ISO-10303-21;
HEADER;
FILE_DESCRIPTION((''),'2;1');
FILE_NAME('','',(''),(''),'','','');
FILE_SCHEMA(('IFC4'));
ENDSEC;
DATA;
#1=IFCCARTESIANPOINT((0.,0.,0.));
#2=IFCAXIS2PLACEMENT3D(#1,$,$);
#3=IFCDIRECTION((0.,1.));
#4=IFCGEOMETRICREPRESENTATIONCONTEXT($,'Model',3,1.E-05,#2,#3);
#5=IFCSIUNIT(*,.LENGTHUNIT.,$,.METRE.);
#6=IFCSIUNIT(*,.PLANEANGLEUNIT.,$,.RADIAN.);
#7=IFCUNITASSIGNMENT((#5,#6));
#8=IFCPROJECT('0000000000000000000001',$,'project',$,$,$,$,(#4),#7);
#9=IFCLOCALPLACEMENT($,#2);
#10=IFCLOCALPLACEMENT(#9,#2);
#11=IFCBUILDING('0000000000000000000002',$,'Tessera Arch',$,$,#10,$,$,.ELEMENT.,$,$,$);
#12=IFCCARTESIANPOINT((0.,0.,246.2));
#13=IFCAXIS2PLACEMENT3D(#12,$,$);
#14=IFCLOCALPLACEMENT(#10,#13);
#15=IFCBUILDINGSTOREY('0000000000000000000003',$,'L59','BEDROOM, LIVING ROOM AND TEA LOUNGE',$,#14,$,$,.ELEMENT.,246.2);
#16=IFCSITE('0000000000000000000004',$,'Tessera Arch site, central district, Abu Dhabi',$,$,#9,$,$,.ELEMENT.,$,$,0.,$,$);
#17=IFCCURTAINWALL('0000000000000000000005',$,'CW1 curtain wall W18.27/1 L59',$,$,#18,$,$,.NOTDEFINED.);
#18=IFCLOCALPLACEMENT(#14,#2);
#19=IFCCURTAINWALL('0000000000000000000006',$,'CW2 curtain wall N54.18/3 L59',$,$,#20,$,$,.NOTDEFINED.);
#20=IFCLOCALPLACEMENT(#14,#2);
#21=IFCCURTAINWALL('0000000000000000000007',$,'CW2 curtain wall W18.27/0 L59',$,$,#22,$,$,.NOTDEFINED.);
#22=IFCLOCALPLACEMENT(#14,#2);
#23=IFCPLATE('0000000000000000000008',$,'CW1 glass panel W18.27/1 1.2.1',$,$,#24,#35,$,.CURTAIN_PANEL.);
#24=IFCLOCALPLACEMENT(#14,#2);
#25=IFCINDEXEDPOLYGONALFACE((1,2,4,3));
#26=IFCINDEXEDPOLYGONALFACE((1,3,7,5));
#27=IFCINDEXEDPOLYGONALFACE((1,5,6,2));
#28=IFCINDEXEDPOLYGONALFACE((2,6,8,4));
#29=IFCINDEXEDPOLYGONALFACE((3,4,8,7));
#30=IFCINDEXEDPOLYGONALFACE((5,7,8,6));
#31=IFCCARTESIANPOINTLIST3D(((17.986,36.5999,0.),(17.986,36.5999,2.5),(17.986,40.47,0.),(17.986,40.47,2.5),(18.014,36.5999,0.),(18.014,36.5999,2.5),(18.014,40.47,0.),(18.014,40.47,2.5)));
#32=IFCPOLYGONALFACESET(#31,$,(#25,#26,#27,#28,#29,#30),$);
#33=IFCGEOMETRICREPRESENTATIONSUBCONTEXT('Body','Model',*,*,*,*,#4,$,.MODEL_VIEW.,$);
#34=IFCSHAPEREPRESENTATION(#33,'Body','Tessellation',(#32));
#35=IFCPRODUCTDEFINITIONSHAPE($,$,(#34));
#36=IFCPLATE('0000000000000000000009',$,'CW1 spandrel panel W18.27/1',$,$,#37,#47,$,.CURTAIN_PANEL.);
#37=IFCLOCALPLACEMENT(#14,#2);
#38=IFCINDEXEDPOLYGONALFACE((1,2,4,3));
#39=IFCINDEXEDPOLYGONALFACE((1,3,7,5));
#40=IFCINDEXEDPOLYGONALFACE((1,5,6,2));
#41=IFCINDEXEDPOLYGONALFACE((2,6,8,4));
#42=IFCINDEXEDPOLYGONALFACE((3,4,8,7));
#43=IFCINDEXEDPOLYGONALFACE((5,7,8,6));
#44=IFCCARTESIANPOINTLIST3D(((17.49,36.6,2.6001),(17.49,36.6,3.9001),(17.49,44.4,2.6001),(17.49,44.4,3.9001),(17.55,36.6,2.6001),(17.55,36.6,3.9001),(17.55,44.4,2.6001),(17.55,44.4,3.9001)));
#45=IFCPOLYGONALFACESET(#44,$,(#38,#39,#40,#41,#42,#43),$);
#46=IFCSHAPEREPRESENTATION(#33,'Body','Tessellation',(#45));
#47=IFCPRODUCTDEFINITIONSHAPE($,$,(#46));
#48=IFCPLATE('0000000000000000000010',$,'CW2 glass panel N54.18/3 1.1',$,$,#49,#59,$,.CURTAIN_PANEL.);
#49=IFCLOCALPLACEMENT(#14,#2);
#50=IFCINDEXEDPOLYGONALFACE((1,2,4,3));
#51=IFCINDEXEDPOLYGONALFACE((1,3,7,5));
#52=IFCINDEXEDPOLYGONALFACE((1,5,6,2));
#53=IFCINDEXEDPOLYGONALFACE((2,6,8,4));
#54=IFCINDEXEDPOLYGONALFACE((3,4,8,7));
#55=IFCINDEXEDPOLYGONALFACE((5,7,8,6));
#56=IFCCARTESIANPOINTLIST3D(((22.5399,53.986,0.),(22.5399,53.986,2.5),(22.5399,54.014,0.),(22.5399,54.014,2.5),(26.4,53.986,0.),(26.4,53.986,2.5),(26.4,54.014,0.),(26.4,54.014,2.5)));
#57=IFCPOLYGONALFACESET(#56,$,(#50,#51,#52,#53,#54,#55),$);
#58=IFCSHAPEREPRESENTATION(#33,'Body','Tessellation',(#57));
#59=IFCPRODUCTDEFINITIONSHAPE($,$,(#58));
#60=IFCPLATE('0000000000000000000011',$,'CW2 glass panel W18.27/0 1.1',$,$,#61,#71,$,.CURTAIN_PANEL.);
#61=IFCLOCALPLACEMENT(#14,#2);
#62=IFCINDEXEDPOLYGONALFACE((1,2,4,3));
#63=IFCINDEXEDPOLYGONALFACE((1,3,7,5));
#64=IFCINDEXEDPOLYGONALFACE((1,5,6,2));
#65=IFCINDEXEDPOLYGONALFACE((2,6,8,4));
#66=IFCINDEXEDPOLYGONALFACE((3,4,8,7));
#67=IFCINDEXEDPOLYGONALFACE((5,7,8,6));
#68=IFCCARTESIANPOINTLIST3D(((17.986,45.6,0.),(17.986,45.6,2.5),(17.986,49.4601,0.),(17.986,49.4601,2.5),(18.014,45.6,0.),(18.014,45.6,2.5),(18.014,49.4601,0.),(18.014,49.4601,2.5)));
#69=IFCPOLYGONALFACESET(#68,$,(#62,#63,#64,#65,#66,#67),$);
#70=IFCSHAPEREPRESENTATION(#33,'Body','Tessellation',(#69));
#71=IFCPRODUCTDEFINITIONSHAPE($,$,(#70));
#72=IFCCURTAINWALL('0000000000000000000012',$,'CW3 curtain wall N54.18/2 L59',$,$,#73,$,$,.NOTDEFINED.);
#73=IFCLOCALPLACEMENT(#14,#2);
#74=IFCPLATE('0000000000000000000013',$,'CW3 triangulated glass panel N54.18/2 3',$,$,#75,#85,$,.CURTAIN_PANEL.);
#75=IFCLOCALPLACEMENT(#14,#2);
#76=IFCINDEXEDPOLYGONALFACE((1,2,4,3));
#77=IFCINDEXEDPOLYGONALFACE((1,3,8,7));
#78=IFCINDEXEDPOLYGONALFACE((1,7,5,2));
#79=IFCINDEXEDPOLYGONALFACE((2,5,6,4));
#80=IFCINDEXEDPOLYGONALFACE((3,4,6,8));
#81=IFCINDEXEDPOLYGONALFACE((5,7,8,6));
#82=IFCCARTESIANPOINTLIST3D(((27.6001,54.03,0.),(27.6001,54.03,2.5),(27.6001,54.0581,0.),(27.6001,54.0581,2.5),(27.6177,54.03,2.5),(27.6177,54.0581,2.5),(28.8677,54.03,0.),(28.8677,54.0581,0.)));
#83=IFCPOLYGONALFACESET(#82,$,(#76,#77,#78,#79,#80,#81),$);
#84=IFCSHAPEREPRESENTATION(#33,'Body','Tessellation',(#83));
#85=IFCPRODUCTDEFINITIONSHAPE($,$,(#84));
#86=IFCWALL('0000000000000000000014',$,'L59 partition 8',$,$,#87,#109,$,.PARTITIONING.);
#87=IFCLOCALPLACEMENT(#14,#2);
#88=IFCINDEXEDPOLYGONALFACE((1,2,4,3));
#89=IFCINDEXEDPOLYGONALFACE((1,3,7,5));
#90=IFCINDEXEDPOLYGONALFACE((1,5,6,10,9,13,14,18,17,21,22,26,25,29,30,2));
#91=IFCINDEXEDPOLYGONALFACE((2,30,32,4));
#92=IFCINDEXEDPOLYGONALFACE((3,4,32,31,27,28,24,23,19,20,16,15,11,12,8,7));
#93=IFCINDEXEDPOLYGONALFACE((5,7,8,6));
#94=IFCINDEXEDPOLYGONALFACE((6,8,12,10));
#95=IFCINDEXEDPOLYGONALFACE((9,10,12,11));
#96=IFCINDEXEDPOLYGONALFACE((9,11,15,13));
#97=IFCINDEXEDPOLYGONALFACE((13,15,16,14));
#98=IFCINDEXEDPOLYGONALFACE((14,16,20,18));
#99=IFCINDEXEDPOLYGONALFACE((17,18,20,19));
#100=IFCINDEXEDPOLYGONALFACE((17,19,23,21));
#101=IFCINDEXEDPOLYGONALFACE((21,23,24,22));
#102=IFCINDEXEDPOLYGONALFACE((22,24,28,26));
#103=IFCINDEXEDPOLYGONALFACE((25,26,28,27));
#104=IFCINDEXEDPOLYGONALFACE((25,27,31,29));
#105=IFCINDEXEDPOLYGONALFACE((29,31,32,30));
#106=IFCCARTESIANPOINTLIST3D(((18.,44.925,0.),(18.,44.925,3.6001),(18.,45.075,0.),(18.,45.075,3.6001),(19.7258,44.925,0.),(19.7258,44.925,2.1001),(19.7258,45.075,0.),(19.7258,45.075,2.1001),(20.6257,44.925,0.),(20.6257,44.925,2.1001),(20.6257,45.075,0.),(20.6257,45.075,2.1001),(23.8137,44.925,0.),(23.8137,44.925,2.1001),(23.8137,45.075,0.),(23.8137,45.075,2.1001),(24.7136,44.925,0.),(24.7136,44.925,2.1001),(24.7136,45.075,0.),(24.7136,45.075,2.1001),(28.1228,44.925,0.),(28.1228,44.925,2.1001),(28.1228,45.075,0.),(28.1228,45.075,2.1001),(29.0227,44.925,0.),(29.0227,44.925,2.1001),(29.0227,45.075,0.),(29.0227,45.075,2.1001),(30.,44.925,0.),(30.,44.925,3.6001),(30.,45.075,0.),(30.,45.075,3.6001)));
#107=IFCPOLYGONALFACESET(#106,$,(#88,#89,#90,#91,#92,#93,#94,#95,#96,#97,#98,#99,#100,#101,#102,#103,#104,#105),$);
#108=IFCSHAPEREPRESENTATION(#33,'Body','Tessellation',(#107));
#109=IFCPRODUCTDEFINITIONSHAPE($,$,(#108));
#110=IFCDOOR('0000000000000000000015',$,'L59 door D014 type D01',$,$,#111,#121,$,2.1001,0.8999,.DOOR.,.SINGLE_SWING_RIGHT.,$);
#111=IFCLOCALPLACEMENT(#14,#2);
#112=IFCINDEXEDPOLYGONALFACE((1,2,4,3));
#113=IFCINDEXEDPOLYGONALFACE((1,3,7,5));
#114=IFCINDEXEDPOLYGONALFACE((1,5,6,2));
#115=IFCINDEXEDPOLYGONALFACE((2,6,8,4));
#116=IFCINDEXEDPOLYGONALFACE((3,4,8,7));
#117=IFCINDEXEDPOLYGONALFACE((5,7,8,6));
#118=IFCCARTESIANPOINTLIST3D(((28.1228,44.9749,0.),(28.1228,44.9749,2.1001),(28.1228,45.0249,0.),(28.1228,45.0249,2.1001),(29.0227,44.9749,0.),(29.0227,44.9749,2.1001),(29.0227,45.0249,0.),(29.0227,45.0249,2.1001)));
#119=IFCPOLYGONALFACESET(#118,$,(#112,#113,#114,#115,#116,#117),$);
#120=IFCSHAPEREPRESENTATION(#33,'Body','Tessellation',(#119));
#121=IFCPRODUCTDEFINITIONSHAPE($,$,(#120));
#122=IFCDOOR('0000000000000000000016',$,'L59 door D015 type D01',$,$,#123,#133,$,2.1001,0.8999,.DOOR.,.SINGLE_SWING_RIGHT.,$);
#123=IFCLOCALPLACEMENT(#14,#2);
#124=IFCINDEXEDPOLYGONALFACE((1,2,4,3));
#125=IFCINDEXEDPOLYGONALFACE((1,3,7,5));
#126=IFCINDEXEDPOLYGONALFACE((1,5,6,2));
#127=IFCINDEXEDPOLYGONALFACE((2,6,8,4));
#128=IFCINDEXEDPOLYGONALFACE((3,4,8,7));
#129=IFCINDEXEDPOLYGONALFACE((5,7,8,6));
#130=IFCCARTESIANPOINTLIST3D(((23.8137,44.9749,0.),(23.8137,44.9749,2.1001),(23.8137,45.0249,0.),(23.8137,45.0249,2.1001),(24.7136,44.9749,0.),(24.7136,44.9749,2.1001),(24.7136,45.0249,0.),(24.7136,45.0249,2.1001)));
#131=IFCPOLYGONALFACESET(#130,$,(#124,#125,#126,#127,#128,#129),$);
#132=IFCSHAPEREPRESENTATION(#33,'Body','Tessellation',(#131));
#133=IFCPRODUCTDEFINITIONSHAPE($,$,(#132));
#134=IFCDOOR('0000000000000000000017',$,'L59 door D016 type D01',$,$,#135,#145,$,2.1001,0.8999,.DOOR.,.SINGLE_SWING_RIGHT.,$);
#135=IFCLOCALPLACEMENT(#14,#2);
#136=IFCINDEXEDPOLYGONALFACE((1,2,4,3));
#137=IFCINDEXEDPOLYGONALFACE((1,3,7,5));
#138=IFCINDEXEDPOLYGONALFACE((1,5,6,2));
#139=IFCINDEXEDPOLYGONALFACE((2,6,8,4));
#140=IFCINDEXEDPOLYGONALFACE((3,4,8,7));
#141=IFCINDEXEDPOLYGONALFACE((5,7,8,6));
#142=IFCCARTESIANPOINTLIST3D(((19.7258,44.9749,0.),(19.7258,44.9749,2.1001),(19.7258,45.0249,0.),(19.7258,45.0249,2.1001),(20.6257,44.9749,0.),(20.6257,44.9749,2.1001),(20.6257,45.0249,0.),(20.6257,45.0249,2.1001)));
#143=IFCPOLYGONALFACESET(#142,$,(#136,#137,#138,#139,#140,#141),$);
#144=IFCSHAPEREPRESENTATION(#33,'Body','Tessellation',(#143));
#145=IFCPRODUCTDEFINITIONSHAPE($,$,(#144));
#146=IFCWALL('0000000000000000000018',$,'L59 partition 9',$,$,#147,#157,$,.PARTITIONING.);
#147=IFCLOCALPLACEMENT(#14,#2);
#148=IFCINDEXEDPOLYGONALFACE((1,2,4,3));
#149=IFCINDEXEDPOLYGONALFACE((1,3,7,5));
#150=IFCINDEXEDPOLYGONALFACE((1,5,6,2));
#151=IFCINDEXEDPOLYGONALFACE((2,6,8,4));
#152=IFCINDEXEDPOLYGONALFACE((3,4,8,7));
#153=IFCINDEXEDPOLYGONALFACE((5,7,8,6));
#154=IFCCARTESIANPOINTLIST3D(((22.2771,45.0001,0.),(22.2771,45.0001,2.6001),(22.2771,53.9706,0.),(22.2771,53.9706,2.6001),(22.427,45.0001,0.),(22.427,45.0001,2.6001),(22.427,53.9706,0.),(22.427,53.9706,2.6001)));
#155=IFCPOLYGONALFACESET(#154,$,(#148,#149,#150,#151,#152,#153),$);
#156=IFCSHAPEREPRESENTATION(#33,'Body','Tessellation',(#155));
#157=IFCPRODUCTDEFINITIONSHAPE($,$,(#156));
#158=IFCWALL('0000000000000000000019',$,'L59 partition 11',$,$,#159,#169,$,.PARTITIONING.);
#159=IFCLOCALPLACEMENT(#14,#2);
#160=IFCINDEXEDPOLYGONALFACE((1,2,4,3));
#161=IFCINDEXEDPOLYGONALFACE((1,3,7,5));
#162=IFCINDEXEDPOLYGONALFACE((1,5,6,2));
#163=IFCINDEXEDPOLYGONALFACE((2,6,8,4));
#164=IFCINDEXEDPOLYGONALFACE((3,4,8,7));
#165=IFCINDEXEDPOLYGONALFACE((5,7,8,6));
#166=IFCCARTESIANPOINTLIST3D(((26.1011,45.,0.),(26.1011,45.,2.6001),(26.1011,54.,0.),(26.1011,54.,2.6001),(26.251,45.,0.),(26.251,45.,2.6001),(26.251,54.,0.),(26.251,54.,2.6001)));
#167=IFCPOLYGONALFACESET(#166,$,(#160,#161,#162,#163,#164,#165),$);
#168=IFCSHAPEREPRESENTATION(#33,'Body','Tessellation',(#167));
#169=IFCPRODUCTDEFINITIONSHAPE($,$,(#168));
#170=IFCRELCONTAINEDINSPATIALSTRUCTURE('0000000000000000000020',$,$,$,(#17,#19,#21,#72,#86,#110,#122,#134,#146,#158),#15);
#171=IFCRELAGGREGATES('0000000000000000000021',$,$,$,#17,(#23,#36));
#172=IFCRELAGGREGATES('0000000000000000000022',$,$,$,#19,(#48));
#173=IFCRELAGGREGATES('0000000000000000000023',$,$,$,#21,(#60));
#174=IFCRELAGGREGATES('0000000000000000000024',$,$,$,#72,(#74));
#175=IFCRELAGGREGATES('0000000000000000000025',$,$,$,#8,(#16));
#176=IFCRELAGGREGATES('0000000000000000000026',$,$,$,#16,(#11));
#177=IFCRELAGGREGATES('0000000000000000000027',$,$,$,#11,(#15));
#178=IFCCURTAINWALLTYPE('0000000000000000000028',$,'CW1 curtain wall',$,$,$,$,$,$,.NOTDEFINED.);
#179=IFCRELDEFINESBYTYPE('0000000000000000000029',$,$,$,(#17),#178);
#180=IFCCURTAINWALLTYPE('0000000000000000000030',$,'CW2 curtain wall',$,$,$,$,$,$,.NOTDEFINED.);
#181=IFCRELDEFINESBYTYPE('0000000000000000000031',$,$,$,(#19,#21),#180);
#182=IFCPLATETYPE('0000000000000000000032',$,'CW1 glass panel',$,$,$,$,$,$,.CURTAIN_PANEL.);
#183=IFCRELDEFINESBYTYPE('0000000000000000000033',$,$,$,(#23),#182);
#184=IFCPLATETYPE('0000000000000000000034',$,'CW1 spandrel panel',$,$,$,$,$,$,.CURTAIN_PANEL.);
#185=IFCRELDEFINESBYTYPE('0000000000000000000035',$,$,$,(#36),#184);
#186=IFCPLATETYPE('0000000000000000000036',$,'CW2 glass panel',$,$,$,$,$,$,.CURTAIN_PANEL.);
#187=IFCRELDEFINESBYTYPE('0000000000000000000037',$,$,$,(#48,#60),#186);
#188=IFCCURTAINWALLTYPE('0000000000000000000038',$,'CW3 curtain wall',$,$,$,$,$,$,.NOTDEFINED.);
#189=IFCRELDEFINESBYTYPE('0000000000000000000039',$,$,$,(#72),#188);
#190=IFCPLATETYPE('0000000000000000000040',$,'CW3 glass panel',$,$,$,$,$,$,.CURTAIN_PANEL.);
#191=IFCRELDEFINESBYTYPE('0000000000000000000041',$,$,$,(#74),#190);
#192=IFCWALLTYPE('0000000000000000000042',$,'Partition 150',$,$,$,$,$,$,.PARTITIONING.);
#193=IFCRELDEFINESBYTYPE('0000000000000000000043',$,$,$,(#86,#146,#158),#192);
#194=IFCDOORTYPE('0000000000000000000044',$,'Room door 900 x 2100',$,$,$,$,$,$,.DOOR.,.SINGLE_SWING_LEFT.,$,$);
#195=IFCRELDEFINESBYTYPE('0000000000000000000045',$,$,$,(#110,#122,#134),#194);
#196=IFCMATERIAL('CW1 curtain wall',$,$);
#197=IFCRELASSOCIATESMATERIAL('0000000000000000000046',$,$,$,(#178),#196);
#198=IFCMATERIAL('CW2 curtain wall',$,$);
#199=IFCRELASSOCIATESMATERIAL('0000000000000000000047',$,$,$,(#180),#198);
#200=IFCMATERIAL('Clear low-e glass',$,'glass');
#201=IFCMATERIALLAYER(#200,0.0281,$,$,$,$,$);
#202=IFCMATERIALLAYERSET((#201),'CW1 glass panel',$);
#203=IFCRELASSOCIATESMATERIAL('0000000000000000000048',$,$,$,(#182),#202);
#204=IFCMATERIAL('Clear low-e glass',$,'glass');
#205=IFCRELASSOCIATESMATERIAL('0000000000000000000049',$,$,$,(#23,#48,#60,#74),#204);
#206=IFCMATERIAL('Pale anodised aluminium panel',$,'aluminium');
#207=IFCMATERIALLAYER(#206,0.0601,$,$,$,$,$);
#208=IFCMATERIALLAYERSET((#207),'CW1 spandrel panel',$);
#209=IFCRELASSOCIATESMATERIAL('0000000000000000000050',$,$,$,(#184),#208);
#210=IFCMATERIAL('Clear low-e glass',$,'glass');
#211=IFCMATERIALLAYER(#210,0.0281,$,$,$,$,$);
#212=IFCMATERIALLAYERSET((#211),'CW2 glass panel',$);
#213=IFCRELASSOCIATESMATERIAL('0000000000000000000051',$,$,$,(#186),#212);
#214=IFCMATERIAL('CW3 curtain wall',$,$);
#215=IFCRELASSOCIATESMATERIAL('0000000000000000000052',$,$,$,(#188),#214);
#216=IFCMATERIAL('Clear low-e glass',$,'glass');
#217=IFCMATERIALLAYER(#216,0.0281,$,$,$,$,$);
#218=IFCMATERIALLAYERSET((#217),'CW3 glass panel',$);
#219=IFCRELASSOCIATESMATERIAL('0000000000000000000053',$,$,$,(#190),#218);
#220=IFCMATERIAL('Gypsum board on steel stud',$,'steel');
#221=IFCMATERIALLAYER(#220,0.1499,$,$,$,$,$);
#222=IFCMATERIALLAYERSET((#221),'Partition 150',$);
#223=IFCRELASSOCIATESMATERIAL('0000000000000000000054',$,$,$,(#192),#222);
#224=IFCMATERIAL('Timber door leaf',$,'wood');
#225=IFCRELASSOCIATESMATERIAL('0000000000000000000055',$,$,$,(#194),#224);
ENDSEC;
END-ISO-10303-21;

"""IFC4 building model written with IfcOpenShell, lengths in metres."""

from ifc_helpers import new_model, si_unit, direction, frame, frame_2d, origin, origin_2d, place, context, subcontext, project, spatial, polyline, rectangle, outline, extrude, material, layer, layer_set, type_object, element, fill, aggregate, save


model = new_model("IFC4")

# Units and contexts
model_context = context("Model", 3, precision=1e-05, world=origin(), true_north=direction((0.0, 1.0)))
body_context = subcontext(model_context, "Body", "Model", "MODEL_VIEW")
ifc_project = project(units=[si_unit("LENGTHUNIT", "METRE"), si_unit("PLANEANGLEUNIT", "RADIAN")], contexts=[model_context])

# Site, building, storey
site_placement = place(None, origin())
site = spatial("IfcSite", under=ifc_project, at=site_placement, Name="Tessera Arch site, central district, Abu Dhabi", CompositionType="ELEMENT", RefElevation=0.0)
building_placement = place(site_placement, origin())
building = spatial("IfcBuilding", under=site, at=building_placement, Name="Tessera Arch", CompositionType="ELEMENT")
storey_placement = place(building_placement, frame((0.0, 0.0, 246.2)))
storey = spatial("IfcBuildingStorey", under=building, at=storey_placement, Name="L59", Description="BEDROOM, LIVING ROOM AND TEA LOUNGE", CompositionType="ELEMENT", Elevation=246.2)

# Curtain wall
ifc_material_1 = material(Name="CW1 curtain wall")
curtain_wall_type_1 = type_object("IfcCurtainWallType", Name="CW1 curtain wall", PredefinedType="NOTDEFINED", material=ifc_material_1)
curtain_wall_1_placement = place(storey_placement, origin())
curtain_wall_1 = element("IfcCurtainWall", 1, at=curtain_wall_1_placement, inside=storey, type_object=curtain_wall_type_1, Name="CW1 curtain wall W18.27/1 L59", PredefinedType="NOTDEFINED")

# Curtain walls
ifc_material_2 = material(Name="CW2 curtain wall")
curtain_wall_type_2 = type_object("IfcCurtainWallType", Name="CW2 curtain wall", PredefinedType="NOTDEFINED", material=ifc_material_2)
curtain_wall_2_placement = place(storey_placement, origin())
curtain_wall_2 = element("IfcCurtainWall", 2, at=curtain_wall_2_placement, inside=storey, type_object=curtain_wall_type_2, Name="CW2 curtain wall N54.18/3 L59", PredefinedType="NOTDEFINED")
curtain_wall_3_placement = place(storey_placement, origin())
curtain_wall_3 = element("IfcCurtainWall", 3, at=curtain_wall_3_placement, inside=storey, type_object=curtain_wall_type_2, Name="CW2 curtain wall W18.27/0 L59", PredefinedType="NOTDEFINED")

# Plates
ifc_material_3 = material(Name="Clear low-e glass", Category="glass")
ifc_material_4 = material(Name="Clear low-e glass", Category="glass")
ifc_layer_1 = layer(ifc_material_4, 0.0281)
ifc_layer_set_1 = layer_set([ifc_layer_1], Name="CW1 glass panel")
plate_type_1 = type_object("IfcPlateType", Name="CW1 glass panel", PredefinedType="CURTAIN_PANEL", material=ifc_layer_set_1)
plate_1_placement = place(storey_placement, frame((18.0, 38.5349, 0.0), z_axis=(0.0, 0.0, 1.0), x_axis=(0.0, -1.0, 0.0)))
plate_1 = element("IfcPlate", 4, at=plate_1_placement, type_object=plate_type_1, material=ifc_material_3, Name="CW1 glass panel W18.27/1 1.2.1", PredefinedType="CURTAIN_PANEL", context=body_context, shape_type="SweptSolid", body=[
    extrude(rectangle(XDim=3.8701, YDim=0.0281, at=origin_2d()), origin(), (0.0, 0.0, 1.0), 2.5),
])
ifc_material_5 = material(Name="Pale anodised aluminium panel", Category="aluminium")
ifc_layer_2 = layer(ifc_material_5, 0.0601)
ifc_layer_set_2 = layer_set([ifc_layer_2], Name="CW1 spandrel panel")
plate_type_2 = type_object("IfcPlateType", Name="CW1 spandrel panel", PredefinedType="CURTAIN_PANEL", material=ifc_layer_set_2)
plate_2_placement = place(storey_placement, frame((17.52, 40.5, 2.6001), z_axis=(0.0, 0.0, 1.0), x_axis=(0.0, -1.0, 0.0)))
plate_2 = element("IfcPlate", 5, at=plate_2_placement, type_object=plate_type_2, Name="CW1 spandrel panel W18.27/1", PredefinedType="CURTAIN_PANEL", context=body_context, shape_type="SweptSolid", body=[
    extrude(rectangle(XDim=7.8, YDim=0.0601, at=origin_2d()), origin(), (0.0, 0.0, 1.0), 1.3),
])
aggregate(curtain_wall_1, [plate_1, plate_2])
ifc_material_6 = material(Name="Clear low-e glass", Category="glass")
ifc_layer_3 = layer(ifc_material_6, 0.0281)
ifc_layer_set_3 = layer_set([ifc_layer_3], Name="CW2 glass panel")
plate_type_3 = type_object("IfcPlateType", Name="CW2 glass panel", PredefinedType="CURTAIN_PANEL", material=ifc_layer_set_3)
plate_3_placement = place(storey_placement, frame((24.47, 54.0, 0.0), z_axis=(0.0, 0.0, 1.0), x_axis=(-1.0, 0.0, 0.0)))
plate_3 = element("IfcPlate", 6, at=plate_3_placement, type_object=plate_type_3, material=ifc_material_3, Name="CW2 glass panel N54.18/3 1.1", PredefinedType="CURTAIN_PANEL", context=body_context, shape_type="SweptSolid", body=[
    extrude(rectangle(XDim=3.8601, YDim=0.0281, at=origin_2d()), origin(), (0.0, 0.0, 1.0), 2.5),
])
aggregate(curtain_wall_2, [plate_3])
plate_4_placement = place(storey_placement, frame((18.0, 47.53, 0.0), z_axis=(0.0, 0.0, 1.0), x_axis=(0.0, -1.0, 0.0)))
plate_4 = element("IfcPlate", 7, at=plate_4_placement, type_object=plate_type_3, material=ifc_material_3, Name="CW2 glass panel W18.27/0 1.1", PredefinedType="CURTAIN_PANEL", context=body_context, shape_type="SweptSolid", body=[
    extrude(rectangle(XDim=3.8601, YDim=0.0281, at=origin_2d()), origin(), (0.0, 0.0, 1.0), 2.5),
])
aggregate(curtain_wall_3, [plate_4])

# Curtain wall, plate
ifc_material_7 = material(Name="CW3 curtain wall")
curtain_wall_type_3 = type_object("IfcCurtainWallType", Name="CW3 curtain wall", PredefinedType="NOTDEFINED", material=ifc_material_7)
curtain_wall_4_placement = place(storey_placement, origin())
curtain_wall_4 = element("IfcCurtainWall", 8, at=curtain_wall_4_placement, inside=storey, type_object=curtain_wall_type_3, Name="CW3 curtain wall N54.18/2 L59", PredefinedType="NOTDEFINED")
ifc_material_8 = material(Name="Clear low-e glass", Category="glass")
ifc_layer_4 = layer(ifc_material_8, 0.0281)
ifc_layer_set_4 = layer_set([ifc_layer_4], Name="CW3 glass panel")
plate_type_4 = type_object("IfcPlateType", Name="CW3 glass panel", PredefinedType="CURTAIN_PANEL", material=ifc_layer_set_4)
plate_5_placement = place(storey_placement, frame((27.6001, 54.0581, 2.5), z_axis=(0.0, 1.0, 0.0), x_axis=(1.0, 0.0, 0.0)))
plate_5 = element("IfcPlate", 9, at=plate_5_placement, type_object=plate_type_4, material=ifc_material_3, Name="CW3 triangulated glass panel N54.18/2 3", PredefinedType="CURTAIN_PANEL", context=body_context, shape_type="SweptSolid", body=[
    extrude(outline(polyline([(0.0, 0.0), (0.0176, 0.0), (1.2676, 2.5), (0.0, 2.5), (0.0, 0.0)])), origin(), (0.0, 0.0, -1.0), 0.0281),
])
aggregate(curtain_wall_4, [plate_5])

# Wall, openings, doors
ifc_material_9 = material(Name="Gypsum board on steel stud", Category="steel")
ifc_layer_5 = layer(ifc_material_9, 0.1499)
ifc_layer_set_5 = layer_set([ifc_layer_5], Name="Partition 150")
wall_type_1 = type_object("IfcWallType", Name="Partition 150", PredefinedType="PARTITIONING", material=ifc_layer_set_5)
wall_1_placement = place(storey_placement, frame((18.0, 45.0, 0.0), z_axis=(0.0, 0.0, 1.0), x_axis=(1.0, 0.0, 0.0)))
wall_1 = element("IfcWall", 10, at=wall_1_placement, inside=storey, type_object=wall_type_1, Name="L59 partition 8", PredefinedType="PARTITIONING", context=body_context, shape_type="SweptSolid", body=[
    extrude(rectangle(XDim=12.0, YDim=0.1499, at=frame_2d((6.0, 0.0))), origin(), (0.0, 0.0, 1.0), 3.6001),
])
opening_1_placement = place(wall_1_placement, frame((10.1228, 0.0, 0.0)))
opening_1 = element("IfcOpeningElement", 11, at=opening_1_placement, cuts=wall_1, PredefinedType="OPENING", context=body_context, shape_type="SweptSolid", body=[
    extrude(rectangle(XDim=0.8999, YDim=2.1001, at=frame_2d((0.45, 1.05))), frame((0.0, 0.085, 0.0), z_axis=(0.0, -1.0, 0.0), x_axis=(1.0, 0.0, 0.0)), (0.0, 0.0, 1.0), 0.1699),
])
opening_2_placement = place(wall_1_placement, frame((5.8137, 0.0, 0.0)))
opening_2 = element("IfcOpeningElement", 12, at=opening_2_placement, cuts=wall_1, PredefinedType="OPENING", context=body_context, shape_type="SweptSolid", body=[
    extrude(rectangle(XDim=0.8999, YDim=2.1001, at=frame_2d((0.45, 1.05))), frame((0.0, 0.085, 0.0), z_axis=(0.0, -1.0, 0.0), x_axis=(1.0, 0.0, 0.0)), (0.0, 0.0, 1.0), 0.1699),
])
opening_3_placement = place(wall_1_placement, frame((1.7258, 0.0, 0.0)))
opening_3 = element("IfcOpeningElement", 13, at=opening_3_placement, cuts=wall_1, PredefinedType="OPENING", context=body_context, shape_type="SweptSolid", body=[
    extrude(rectangle(XDim=0.8999, YDim=2.1001, at=frame_2d((0.45, 1.05))), frame((0.0, 0.085, 0.0), z_axis=(0.0, -1.0, 0.0), x_axis=(1.0, 0.0, 0.0)), (0.0, 0.0, 1.0), 0.1699),
])
ifc_material_10 = material(Name="Timber door leaf", Category="wood")
door_type = type_object("IfcDoorType", Name="Room door 900 x 2100", OperationType="SINGLE_SWING_LEFT", PredefinedType="DOOR", material=ifc_material_10)
door_1_placement = place(opening_1_placement, origin())
door_1 = element("IfcDoor", 14, at=door_1_placement, inside=storey, type_object=door_type, Name="L59 door D014 type D01", OperationType="SINGLE_SWING_RIGHT", OverallHeight=2.1001, OverallWidth=0.8999, PredefinedType="DOOR", context=body_context, shape_type="SweptSolid", body=[
    extrude(rectangle(XDim=0.8999, YDim=2.1001, at=frame_2d((0.45, 1.05))), frame((0.0, 0.0249, 0.0), z_axis=(0.0, -1.0, 0.0), x_axis=(1.0, 0.0, 0.0)), (0.0, 0.0, 1.0), 0.05),
])
fill(opening_1, door_1)
door_2_placement = place(opening_2_placement, origin())
door_2 = element("IfcDoor", 15, at=door_2_placement, inside=storey, type_object=door_type, Name="L59 door D015 type D01", OperationType="SINGLE_SWING_RIGHT", OverallHeight=2.1001, OverallWidth=0.8999, PredefinedType="DOOR", context=body_context, shape_type="SweptSolid", body=[
    extrude(rectangle(XDim=0.8999, YDim=2.1001, at=frame_2d((0.45, 1.05))), frame((0.0, 0.0249, 0.0), z_axis=(0.0, -1.0, 0.0), x_axis=(1.0, 0.0, 0.0)), (0.0, 0.0, 1.0), 0.05),
])
fill(opening_2, door_2)
door_3_placement = place(opening_3_placement, origin())
door_3 = element("IfcDoor", 16, at=door_3_placement, inside=storey, type_object=door_type, Name="L59 door D016 type D01", OperationType="SINGLE_SWING_RIGHT", OverallHeight=2.1001, OverallWidth=0.8999, PredefinedType="DOOR", context=body_context, shape_type="SweptSolid", body=[
    extrude(rectangle(XDim=0.8999, YDim=2.1001, at=frame_2d((0.45, 1.05))), frame((0.0, 0.0249, 0.0), z_axis=(0.0, -1.0, 0.0), x_axis=(1.0, 0.0, 0.0)), (0.0, 0.0, 1.0), 0.05),
])
fill(opening_3, door_3)

# Walls
wall_2_placement = place(storey_placement, frame((22.3521, 45.0, 0.0), z_axis=(0.0, 0.0, 1.0), x_axis=(0.0, 1.0, 0.0)))
element("IfcWall", 17, at=wall_2_placement, inside=storey, type_object=wall_type_1, Name="L59 partition 9", PredefinedType="PARTITIONING", context=body_context, shape_type="SweptSolid", body=[
    extrude(rectangle(XDim=8.9705, YDim=0.1499, at=frame_2d((4.4854, 0.0))), origin(), (0.0, 0.0, 1.0), 2.6001),
])
wall_3_placement = place(storey_placement, frame((26.176, 45.0, 0.0), z_axis=(0.0, 0.0, 1.0), x_axis=(0.0, 1.0, 0.0)))
element("IfcWall", 18, at=wall_3_placement, inside=storey, type_object=wall_type_1, Name="L59 partition 11", PredefinedType="PARTITIONING", context=body_context, shape_type="SweptSolid", body=[
    extrude(rectangle(XDim=9.0, YDim=0.1499, at=frame_2d((4.5, 0.0))), origin(), (0.0, 0.0, 1.0), 2.6001),
])

save(model, "model.ifc")
